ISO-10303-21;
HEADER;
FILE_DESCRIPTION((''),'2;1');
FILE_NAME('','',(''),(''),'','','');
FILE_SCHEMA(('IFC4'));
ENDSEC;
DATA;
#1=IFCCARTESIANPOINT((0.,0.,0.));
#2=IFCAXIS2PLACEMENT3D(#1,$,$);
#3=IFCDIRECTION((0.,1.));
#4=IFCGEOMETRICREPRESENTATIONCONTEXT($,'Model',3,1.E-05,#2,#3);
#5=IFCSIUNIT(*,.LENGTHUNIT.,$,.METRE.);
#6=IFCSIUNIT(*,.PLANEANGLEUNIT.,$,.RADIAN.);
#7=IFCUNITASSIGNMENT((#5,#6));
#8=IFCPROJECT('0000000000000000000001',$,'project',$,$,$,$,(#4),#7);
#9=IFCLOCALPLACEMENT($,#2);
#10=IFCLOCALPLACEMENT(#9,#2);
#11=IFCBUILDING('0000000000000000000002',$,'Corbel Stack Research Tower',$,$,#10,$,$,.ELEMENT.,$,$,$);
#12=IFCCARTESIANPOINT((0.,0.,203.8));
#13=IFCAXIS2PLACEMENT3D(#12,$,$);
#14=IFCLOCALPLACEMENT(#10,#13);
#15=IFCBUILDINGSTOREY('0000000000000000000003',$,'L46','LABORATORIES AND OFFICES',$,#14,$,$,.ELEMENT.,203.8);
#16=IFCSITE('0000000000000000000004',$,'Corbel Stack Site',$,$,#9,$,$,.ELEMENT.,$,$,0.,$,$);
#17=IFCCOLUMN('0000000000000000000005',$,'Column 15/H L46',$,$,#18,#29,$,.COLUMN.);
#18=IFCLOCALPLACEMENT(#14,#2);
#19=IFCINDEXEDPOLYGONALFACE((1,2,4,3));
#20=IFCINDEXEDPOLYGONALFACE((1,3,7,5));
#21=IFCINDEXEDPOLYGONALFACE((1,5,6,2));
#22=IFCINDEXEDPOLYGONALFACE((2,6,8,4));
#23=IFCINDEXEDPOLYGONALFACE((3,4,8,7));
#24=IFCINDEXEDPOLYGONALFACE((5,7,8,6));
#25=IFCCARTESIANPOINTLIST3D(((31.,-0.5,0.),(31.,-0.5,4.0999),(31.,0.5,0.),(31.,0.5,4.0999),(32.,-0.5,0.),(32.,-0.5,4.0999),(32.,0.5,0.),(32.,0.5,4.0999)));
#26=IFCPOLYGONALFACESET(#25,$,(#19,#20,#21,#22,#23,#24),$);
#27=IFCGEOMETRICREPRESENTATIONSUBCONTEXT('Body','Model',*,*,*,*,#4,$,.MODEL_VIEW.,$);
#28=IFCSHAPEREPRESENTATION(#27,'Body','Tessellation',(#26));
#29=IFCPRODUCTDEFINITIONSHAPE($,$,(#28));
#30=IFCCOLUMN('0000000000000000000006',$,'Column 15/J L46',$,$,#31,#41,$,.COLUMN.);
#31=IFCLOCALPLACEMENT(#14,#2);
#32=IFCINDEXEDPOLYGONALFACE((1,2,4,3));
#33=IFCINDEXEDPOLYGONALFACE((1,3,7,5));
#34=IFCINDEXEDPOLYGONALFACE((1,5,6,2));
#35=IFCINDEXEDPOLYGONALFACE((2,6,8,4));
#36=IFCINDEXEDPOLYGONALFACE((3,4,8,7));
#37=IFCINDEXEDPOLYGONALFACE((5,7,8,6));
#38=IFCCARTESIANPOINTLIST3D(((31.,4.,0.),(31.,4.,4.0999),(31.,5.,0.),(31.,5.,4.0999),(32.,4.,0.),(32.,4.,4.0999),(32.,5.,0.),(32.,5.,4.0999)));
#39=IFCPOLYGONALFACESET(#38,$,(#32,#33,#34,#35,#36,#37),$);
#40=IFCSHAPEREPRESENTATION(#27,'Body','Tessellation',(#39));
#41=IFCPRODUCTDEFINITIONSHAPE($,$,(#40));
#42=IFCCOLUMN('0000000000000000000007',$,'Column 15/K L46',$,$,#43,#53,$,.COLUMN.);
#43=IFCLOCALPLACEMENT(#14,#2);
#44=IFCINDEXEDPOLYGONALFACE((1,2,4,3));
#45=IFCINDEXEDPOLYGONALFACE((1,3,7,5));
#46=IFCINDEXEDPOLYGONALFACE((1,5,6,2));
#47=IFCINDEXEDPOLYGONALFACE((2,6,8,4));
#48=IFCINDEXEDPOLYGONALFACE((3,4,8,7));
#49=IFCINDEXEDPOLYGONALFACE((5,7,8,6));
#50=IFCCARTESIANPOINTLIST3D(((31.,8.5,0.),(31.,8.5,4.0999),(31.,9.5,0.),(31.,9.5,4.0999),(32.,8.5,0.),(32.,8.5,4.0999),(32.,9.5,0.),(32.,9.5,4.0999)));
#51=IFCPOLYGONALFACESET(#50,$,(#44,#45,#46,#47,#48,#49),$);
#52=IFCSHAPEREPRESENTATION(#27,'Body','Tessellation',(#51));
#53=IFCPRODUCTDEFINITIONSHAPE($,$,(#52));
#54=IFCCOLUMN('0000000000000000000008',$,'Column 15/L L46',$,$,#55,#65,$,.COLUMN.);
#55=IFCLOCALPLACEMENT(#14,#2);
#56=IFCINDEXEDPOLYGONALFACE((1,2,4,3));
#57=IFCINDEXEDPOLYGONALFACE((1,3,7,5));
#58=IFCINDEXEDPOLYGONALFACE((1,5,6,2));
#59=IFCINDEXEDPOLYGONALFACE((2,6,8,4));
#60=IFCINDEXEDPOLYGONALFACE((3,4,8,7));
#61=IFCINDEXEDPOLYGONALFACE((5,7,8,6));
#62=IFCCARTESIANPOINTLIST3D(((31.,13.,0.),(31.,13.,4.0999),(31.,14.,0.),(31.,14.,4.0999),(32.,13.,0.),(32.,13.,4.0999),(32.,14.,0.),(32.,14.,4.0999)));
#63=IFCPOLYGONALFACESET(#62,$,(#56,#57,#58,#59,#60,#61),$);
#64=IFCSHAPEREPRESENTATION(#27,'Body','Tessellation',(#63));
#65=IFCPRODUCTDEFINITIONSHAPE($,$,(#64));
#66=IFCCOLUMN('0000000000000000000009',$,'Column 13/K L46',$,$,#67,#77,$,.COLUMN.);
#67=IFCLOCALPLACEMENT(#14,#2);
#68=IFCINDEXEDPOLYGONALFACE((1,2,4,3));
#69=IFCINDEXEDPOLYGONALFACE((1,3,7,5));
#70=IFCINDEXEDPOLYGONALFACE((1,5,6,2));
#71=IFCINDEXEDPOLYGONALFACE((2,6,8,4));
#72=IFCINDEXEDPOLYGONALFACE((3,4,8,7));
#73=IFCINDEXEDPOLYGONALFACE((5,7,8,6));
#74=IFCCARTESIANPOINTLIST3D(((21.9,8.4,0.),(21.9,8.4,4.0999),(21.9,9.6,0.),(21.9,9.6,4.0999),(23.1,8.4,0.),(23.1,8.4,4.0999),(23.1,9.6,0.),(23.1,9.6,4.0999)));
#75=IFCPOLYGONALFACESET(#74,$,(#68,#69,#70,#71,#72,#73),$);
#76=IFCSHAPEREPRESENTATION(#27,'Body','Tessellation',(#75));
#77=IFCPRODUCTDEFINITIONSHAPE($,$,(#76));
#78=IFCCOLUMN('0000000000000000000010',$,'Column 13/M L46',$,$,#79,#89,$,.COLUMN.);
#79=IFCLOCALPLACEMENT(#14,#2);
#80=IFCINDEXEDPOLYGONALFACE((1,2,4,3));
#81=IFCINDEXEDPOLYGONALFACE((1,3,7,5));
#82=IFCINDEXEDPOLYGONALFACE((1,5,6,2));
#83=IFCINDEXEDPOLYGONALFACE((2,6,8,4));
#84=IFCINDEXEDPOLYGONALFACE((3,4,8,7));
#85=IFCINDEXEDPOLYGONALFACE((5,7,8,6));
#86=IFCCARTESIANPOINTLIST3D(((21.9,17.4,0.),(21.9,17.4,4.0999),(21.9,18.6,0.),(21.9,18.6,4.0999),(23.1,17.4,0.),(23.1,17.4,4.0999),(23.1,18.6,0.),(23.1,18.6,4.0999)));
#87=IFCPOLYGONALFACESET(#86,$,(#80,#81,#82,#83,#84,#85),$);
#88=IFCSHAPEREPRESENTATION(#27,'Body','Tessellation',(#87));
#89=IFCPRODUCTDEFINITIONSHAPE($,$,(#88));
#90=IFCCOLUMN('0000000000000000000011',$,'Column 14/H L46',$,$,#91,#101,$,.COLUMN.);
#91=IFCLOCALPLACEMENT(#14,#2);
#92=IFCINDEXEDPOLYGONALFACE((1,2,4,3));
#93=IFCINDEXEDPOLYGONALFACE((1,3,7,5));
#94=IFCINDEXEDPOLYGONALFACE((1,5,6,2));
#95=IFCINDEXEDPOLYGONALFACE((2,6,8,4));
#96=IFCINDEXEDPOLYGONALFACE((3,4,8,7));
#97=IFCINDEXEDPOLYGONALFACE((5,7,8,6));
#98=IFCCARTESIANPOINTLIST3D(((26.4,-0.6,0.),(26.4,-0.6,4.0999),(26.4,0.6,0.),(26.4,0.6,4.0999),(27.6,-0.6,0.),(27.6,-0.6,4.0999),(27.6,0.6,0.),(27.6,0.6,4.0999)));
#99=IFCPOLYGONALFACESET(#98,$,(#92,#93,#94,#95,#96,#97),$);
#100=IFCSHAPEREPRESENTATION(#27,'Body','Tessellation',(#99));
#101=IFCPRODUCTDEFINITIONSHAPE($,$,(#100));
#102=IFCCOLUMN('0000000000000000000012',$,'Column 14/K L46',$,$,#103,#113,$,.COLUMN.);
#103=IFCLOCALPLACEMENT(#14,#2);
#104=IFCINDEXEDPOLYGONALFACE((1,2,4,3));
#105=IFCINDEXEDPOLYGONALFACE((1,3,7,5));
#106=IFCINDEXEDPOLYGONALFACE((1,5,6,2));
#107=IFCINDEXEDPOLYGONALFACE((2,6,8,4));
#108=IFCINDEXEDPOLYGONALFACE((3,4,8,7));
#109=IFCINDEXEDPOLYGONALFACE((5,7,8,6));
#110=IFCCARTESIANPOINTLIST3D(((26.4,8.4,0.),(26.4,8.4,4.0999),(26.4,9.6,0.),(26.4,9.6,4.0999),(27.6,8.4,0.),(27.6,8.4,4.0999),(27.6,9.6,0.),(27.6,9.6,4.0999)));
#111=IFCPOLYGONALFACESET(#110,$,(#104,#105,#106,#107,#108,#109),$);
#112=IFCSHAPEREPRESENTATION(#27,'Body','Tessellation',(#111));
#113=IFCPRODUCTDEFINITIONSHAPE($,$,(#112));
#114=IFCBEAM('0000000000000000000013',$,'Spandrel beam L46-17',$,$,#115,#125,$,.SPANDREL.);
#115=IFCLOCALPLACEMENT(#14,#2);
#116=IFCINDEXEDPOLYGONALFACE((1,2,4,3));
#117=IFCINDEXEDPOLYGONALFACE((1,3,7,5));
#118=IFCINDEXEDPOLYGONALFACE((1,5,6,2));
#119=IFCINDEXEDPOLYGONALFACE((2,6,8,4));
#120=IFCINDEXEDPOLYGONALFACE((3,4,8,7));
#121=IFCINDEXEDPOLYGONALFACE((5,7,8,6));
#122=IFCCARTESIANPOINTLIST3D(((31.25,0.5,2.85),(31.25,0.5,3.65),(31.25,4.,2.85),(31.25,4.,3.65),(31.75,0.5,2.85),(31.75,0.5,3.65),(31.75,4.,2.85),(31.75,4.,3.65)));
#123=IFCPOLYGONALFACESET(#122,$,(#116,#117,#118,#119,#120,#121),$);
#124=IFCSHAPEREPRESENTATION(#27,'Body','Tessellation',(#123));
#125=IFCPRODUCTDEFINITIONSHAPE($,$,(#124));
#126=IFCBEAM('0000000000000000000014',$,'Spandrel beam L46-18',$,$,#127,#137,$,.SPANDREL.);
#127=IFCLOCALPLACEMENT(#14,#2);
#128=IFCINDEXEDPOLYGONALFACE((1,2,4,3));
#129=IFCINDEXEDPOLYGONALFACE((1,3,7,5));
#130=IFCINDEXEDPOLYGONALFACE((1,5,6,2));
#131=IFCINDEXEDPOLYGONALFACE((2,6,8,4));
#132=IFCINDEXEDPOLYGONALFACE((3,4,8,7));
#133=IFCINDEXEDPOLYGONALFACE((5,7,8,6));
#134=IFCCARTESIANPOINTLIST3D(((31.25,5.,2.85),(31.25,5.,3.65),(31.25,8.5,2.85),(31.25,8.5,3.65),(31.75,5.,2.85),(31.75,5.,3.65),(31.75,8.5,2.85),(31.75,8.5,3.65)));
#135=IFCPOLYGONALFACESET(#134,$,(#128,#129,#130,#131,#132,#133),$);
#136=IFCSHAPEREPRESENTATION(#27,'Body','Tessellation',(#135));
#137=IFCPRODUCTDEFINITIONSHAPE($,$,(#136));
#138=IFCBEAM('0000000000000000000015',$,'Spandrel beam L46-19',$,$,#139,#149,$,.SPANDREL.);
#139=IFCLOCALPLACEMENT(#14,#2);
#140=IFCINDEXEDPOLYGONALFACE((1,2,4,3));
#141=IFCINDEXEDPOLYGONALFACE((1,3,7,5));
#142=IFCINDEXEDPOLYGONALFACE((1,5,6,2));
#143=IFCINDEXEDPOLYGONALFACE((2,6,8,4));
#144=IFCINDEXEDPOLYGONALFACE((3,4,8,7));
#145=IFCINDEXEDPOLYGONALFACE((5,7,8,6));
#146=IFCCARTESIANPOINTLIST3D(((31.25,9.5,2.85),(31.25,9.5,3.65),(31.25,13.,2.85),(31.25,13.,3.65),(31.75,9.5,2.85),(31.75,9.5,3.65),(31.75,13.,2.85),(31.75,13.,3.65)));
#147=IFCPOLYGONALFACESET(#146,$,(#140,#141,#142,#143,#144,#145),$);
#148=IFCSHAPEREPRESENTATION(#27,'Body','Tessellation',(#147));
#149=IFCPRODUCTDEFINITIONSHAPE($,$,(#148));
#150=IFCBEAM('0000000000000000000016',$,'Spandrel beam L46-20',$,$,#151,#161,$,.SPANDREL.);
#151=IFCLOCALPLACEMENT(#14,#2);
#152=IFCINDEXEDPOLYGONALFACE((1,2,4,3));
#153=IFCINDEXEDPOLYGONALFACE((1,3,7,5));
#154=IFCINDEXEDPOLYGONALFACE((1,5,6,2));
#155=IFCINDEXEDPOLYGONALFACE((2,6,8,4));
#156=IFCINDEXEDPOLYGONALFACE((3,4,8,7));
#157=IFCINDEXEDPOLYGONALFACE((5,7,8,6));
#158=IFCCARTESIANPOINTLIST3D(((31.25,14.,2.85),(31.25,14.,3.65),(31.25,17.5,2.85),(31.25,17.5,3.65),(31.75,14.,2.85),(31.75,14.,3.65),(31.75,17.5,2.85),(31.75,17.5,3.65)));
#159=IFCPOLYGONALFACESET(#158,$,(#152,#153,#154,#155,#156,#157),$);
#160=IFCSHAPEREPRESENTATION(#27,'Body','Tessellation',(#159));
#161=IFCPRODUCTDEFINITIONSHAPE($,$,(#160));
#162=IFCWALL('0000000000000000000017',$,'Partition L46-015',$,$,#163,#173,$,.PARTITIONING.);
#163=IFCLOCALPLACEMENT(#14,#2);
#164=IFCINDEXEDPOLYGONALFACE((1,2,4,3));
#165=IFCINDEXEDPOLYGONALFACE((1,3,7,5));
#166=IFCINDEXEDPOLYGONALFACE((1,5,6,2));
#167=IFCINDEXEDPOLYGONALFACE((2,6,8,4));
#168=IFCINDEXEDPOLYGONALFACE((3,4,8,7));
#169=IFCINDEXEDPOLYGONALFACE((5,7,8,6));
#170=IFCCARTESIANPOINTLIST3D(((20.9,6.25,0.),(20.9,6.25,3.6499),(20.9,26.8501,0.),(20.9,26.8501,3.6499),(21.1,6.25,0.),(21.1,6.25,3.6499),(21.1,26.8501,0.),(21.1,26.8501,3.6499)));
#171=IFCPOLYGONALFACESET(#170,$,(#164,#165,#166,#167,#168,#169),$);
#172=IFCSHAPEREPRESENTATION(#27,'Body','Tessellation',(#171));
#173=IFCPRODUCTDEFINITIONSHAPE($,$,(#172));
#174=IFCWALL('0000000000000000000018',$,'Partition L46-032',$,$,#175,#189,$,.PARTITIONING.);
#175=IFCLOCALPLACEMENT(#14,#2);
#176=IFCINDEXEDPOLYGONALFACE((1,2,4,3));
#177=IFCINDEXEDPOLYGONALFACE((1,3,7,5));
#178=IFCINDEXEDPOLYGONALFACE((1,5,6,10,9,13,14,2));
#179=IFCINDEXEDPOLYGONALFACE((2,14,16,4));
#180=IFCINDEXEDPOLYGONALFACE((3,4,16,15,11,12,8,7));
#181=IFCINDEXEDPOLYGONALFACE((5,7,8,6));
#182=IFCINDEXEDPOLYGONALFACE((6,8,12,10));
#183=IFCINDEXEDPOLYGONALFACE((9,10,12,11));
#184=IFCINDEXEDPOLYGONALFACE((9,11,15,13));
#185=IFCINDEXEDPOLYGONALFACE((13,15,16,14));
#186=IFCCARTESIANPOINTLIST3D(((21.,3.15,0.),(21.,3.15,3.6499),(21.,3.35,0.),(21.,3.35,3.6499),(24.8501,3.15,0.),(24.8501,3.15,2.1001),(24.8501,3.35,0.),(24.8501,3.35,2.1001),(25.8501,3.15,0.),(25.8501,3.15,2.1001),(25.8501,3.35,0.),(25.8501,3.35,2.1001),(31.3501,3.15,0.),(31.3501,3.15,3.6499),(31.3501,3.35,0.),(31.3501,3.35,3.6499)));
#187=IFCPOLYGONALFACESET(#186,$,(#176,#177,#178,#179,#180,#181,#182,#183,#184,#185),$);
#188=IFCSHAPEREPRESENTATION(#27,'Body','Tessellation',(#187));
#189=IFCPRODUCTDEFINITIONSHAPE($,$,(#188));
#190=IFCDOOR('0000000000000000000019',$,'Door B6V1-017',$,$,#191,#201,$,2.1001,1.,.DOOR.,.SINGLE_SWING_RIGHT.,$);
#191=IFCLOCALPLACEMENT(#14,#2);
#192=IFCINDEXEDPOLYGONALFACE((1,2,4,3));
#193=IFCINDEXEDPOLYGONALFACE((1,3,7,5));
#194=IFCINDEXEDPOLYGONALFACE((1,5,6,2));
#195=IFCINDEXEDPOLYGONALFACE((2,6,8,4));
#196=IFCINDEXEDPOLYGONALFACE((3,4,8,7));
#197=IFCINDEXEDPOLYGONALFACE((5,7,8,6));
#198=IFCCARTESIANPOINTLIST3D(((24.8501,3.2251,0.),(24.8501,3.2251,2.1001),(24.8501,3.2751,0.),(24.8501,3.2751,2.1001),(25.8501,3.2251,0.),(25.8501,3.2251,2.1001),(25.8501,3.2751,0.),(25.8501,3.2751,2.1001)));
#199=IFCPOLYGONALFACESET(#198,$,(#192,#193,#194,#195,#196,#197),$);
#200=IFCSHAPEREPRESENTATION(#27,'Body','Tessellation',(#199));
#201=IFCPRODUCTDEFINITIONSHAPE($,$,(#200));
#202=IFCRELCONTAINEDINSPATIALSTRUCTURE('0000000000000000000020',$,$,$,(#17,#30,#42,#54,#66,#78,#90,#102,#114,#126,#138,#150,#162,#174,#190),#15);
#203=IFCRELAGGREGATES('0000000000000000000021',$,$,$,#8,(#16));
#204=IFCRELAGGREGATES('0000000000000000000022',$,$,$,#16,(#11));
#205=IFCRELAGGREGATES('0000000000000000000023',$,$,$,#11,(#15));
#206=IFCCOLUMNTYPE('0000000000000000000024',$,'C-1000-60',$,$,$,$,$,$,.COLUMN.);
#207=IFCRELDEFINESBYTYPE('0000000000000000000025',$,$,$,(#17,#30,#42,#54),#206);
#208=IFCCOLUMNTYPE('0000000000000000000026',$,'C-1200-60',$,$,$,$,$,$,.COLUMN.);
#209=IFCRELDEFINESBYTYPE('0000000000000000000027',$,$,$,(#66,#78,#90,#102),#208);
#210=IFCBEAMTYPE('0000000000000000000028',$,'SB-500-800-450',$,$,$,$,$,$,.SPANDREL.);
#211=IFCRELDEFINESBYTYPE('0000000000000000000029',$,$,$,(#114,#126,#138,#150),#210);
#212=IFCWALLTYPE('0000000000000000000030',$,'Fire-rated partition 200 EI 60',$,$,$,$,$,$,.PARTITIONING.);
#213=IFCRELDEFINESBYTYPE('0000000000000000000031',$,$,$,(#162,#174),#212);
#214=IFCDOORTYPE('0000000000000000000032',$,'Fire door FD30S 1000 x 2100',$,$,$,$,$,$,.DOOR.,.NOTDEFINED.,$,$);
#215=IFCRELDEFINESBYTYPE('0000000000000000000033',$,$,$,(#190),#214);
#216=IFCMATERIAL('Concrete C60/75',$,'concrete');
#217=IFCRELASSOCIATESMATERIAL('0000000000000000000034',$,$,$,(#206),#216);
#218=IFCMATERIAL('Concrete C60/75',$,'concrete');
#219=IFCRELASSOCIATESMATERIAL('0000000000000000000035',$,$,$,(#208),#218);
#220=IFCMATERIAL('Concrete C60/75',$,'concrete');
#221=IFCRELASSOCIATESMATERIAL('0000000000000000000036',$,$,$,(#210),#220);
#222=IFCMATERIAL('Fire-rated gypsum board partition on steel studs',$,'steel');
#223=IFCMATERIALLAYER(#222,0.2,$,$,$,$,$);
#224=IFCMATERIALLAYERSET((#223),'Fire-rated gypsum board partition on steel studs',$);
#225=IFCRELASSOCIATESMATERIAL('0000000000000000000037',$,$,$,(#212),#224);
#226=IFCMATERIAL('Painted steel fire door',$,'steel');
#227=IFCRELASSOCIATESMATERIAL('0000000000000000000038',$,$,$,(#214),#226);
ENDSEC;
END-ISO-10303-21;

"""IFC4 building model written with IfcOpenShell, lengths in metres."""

from ifc_helpers import new_model, si_unit, direction, frame, frame_2d, origin, origin_2d, place, context, subcontext, project, spatial, rectangle, extrude, material, layer, layer_set, material_profile, profile_set, type_object, element, fill, save


model = new_model("IFC4")

# Units and contexts
model_context = context("Model", 3, precision=1e-05, world=origin(), true_north=direction((0.0, 1.0)))
body_context = subcontext(model_context, "Body", "Model", "MODEL_VIEW")
ifc_project = project(units=[si_unit("LENGTHUNIT", "METRE"), si_unit("PLANEANGLEUNIT", "RADIAN")], contexts=[model_context])

# Site, building, storey
site_placement = place(None, origin())
site = spatial("IfcSite", under=ifc_project, at=site_placement, Name="Corbel Stack Site", CompositionType="ELEMENT", RefElevation=0.0)
building_placement = place(site_placement, origin())
building = spatial("IfcBuilding", under=site, at=building_placement, Name="Corbel Stack Research Tower", CompositionType="ELEMENT")
storey_placement = place(building_placement, frame((0.0, 0.0, 203.8)))
storey = spatial("IfcBuildingStorey", under=building, at=storey_placement, Name="L46", Description="LABORATORIES AND OFFICES", CompositionType="ELEMENT", Elevation=203.8)

# Columns
ifc_material_1 = material(Name="Concrete C60/75", Category="concrete")
ifc_material_profile_1 = material_profile(ifc_material_1, rectangle(XDim=1.0, YDim=1.0, at=origin_2d()), Name="RC 1000 x 1000")
ifc_profile_set_1 = profile_set([ifc_material_profile_1], Name="Concrete C60/75")
column_type_1 = type_object("IfcColumnType", Name="C-1000-60", PredefinedType="COLUMN", material=ifc_profile_set_1)
for number, where, z_axis, x_axis, name in (
    (1, (31.5, 0.0, 0.0), (0.0, 0.0, 1.0), (1.0, 0.0, 0.0), "Column 15/H L46"),
    (2, (31.5, 4.5, 0.0), (0.0, 0.0, 1.0), (1.0, 0.0, 0.0), "Column 15/J L46"),
    (3, (31.5, 9.0, 0.0), (0.0, 0.0, 1.0), (1.0, 0.0, 0.0), "Column 15/K L46"),
    (4, (31.5, 13.5, 0.0), (0.0, 0.0, 1.0), (1.0, 0.0, 0.0), "Column 15/L L46"),
):
    element("IfcColumn", number, at=place(storey_placement, frame(where, z_axis=z_axis, x_axis=x_axis)), inside=storey, type_object=column_type_1, Name=name, PredefinedType="COLUMN", context=body_context, shape_type="SweptSolid", body=[
        extrude(rectangle(XDim=1.0, YDim=1.0, at=origin_2d()), origin(), (0.0, 0.0, 1.0), 4.0999),
    ])
ifc_material_2 = material(Name="Concrete C60/75", Category="concrete")
ifc_material_profile_2 = material_profile(ifc_material_2, rectangle(XDim=1.2, YDim=1.2, at=origin_2d()), Name="RC 1200 x 1200")
ifc_profile_set_2 = profile_set([ifc_material_profile_2], Name="Concrete C60/75")
column_type_2 = type_object("IfcColumnType", Name="C-1200-60", PredefinedType="COLUMN", material=ifc_profile_set_2)
for number, where, z_axis, x_axis, name in (
    (5, (22.5, 9.0, 0.0), (0.0, 0.0, 1.0), (1.0, 0.0, 0.0), "Column 13/K L46"),
    (6, (22.5, 18.0, 0.0), (0.0, 0.0, 1.0), (1.0, 0.0, 0.0), "Column 13/M L46"),
    (7, (27.0, 0.0, 0.0), (0.0, 0.0, 1.0), (1.0, 0.0, 0.0), "Column 14/H L46"),
    (8, (27.0, 9.0, 0.0), (0.0, 0.0, 1.0), (1.0, 0.0, 0.0), "Column 14/K L46"),
):
    element("IfcColumn", number, at=place(storey_placement, frame(where, z_axis=z_axis, x_axis=x_axis)), inside=storey, type_object=column_type_2, Name=name, PredefinedType="COLUMN", context=body_context, shape_type="SweptSolid", body=[
        extrude(rectangle(XDim=1.2, YDim=1.2, at=origin_2d()), origin(), (0.0, 0.0, 1.0), 4.0999),
    ])

# Beams
ifc_material_3 = material(Name="Concrete C60/75", Category="concrete")
ifc_material_profile_3 = material_profile(ifc_material_3, rectangle(XDim=0.5, YDim=0.8, at=origin_2d()), Name="RC 500 x 800")
ifc_profile_set_3 = profile_set([ifc_material_profile_3], Name="Concrete C60/75")
beam_type = type_object("IfcBeamType", Name="SB-500-800-450", PredefinedType="SPANDREL", material=ifc_profile_set_3)
for number, where, z_axis, x_axis, name in (
    (9, (31.5, 0.5, 3.25), (0.0, 1.0, 0.0), (-1.0, 0.0, 0.0), "Spandrel beam L46-17"),
    (10, (31.5, 5.0, 3.25), (0.0, 1.0, 0.0), (-1.0, 0.0, 0.0), "Spandrel beam L46-18"),
    (11, (31.5, 9.5, 3.25), (0.0, 1.0, 0.0), (-1.0, 0.0, 0.0), "Spandrel beam L46-19"),
    (12, (31.5, 14.0, 3.25), (0.0, 1.0, 0.0), (-1.0, 0.0, 0.0), "Spandrel beam L46-20"),
):
    element("IfcBeam", number, at=place(storey_placement, frame(where, z_axis=z_axis, x_axis=x_axis)), inside=storey, type_object=beam_type, Name=name, PredefinedType="SPANDREL", context=body_context, shape_type="SweptSolid", body=[
        extrude(rectangle(XDim=0.5, YDim=0.8, at=origin_2d()), origin(), (0.0, 0.0, 1.0), 3.5),
    ])

# Wall
ifc_material_4 = material(Name="Fire-rated gypsum board partition on steel studs", Category="steel")
ifc_layer_1 = layer(ifc_material_4, 0.2)
ifc_layer_set_1 = layer_set([ifc_layer_1], Name="Fire-rated gypsum board partition on steel studs")
wall_type_1 = type_object("IfcWallType", Name="Fire-rated partition 200 EI 60", PredefinedType="PARTITIONING", material=ifc_layer_set_1)
wall_1_placement = place(storey_placement, frame((21.0, 6.25, 0.0), z_axis=(0.0, 0.0, 1.0), x_axis=(0.0, 1.0, 0.0)))
element("IfcWall", 13, at=wall_1_placement, inside=storey, type_object=wall_type_1, Name="Partition L46-015", PredefinedType="PARTITIONING", context=body_context, shape_type="SweptSolid", body=[
    extrude(rectangle(XDim=20.6001, YDim=0.2, at=frame_2d((10.3, 0.0))), origin(), (0.0, 0.0, 1.0), 3.6499),
])

# Wall, opening, door
wall_2_placement = place(storey_placement, frame((31.3501, 3.25, 0.0), z_axis=(0.0, 0.0, 1.0), x_axis=(-1.0, 0.0, 0.0)))
wall_2 = element("IfcWall", 14, at=wall_2_placement, inside=storey, type_object=wall_type_1, Name="Partition L46-032", PredefinedType="PARTITIONING", context=body_context, shape_type="SweptSolid", body=[
    extrude(rectangle(XDim=10.3501, YDim=0.2, at=frame_2d((5.175, 0.0))), origin(), (0.0, 0.0, 1.0), 3.6499),
])
opening_1_placement = place(wall_2_placement, frame((5.5, 0.0, 0.0)))
opening_1 = element("IfcOpeningElement", 15, at=opening_1_placement, cuts=wall_2, PredefinedType="OPENING", context=body_context, shape_type="SweptSolid", body=[
    extrude(rectangle(XDim=1.0, YDim=2.1001, at=frame_2d((0.5, 1.05))), frame((0.0, 0.1099, 0.0), z_axis=(0.0, -1.0, 0.0), x_axis=(1.0, 0.0, 0.0)), (0.0, 0.0, 1.0), 0.22),
])
ifc_material_5 = material(Name="Painted steel fire door", Category="steel")
door_type_1 = type_object("IfcDoorType", Name="Fire door FD30S 1000 x 2100", OperationType="NOTDEFINED", PredefinedType="DOOR", material=ifc_material_5)
door_1_placement = place(opening_1_placement, origin())
door_1 = element("IfcDoor", 16, at=door_1_placement, inside=storey, type_object=door_type_1, Name="Door B6V1-017", OperationType="SINGLE_SWING_RIGHT", OverallHeight=2.1001, OverallWidth=1.0, PredefinedType="DOOR", context=body_context, shape_type="SweptSolid", body=[
    extrude(rectangle(XDim=1.0, YDim=2.1001, at=frame_2d((0.5, 1.05))), frame((0.0, 0.0249, 0.0), z_axis=(0.0, -1.0, 0.0), x_axis=(1.0, 0.0, 0.0)), (0.0, 0.0, 1.0), 0.05),
])
fill(opening_1, door_1)

save(model, "model.ifc")
